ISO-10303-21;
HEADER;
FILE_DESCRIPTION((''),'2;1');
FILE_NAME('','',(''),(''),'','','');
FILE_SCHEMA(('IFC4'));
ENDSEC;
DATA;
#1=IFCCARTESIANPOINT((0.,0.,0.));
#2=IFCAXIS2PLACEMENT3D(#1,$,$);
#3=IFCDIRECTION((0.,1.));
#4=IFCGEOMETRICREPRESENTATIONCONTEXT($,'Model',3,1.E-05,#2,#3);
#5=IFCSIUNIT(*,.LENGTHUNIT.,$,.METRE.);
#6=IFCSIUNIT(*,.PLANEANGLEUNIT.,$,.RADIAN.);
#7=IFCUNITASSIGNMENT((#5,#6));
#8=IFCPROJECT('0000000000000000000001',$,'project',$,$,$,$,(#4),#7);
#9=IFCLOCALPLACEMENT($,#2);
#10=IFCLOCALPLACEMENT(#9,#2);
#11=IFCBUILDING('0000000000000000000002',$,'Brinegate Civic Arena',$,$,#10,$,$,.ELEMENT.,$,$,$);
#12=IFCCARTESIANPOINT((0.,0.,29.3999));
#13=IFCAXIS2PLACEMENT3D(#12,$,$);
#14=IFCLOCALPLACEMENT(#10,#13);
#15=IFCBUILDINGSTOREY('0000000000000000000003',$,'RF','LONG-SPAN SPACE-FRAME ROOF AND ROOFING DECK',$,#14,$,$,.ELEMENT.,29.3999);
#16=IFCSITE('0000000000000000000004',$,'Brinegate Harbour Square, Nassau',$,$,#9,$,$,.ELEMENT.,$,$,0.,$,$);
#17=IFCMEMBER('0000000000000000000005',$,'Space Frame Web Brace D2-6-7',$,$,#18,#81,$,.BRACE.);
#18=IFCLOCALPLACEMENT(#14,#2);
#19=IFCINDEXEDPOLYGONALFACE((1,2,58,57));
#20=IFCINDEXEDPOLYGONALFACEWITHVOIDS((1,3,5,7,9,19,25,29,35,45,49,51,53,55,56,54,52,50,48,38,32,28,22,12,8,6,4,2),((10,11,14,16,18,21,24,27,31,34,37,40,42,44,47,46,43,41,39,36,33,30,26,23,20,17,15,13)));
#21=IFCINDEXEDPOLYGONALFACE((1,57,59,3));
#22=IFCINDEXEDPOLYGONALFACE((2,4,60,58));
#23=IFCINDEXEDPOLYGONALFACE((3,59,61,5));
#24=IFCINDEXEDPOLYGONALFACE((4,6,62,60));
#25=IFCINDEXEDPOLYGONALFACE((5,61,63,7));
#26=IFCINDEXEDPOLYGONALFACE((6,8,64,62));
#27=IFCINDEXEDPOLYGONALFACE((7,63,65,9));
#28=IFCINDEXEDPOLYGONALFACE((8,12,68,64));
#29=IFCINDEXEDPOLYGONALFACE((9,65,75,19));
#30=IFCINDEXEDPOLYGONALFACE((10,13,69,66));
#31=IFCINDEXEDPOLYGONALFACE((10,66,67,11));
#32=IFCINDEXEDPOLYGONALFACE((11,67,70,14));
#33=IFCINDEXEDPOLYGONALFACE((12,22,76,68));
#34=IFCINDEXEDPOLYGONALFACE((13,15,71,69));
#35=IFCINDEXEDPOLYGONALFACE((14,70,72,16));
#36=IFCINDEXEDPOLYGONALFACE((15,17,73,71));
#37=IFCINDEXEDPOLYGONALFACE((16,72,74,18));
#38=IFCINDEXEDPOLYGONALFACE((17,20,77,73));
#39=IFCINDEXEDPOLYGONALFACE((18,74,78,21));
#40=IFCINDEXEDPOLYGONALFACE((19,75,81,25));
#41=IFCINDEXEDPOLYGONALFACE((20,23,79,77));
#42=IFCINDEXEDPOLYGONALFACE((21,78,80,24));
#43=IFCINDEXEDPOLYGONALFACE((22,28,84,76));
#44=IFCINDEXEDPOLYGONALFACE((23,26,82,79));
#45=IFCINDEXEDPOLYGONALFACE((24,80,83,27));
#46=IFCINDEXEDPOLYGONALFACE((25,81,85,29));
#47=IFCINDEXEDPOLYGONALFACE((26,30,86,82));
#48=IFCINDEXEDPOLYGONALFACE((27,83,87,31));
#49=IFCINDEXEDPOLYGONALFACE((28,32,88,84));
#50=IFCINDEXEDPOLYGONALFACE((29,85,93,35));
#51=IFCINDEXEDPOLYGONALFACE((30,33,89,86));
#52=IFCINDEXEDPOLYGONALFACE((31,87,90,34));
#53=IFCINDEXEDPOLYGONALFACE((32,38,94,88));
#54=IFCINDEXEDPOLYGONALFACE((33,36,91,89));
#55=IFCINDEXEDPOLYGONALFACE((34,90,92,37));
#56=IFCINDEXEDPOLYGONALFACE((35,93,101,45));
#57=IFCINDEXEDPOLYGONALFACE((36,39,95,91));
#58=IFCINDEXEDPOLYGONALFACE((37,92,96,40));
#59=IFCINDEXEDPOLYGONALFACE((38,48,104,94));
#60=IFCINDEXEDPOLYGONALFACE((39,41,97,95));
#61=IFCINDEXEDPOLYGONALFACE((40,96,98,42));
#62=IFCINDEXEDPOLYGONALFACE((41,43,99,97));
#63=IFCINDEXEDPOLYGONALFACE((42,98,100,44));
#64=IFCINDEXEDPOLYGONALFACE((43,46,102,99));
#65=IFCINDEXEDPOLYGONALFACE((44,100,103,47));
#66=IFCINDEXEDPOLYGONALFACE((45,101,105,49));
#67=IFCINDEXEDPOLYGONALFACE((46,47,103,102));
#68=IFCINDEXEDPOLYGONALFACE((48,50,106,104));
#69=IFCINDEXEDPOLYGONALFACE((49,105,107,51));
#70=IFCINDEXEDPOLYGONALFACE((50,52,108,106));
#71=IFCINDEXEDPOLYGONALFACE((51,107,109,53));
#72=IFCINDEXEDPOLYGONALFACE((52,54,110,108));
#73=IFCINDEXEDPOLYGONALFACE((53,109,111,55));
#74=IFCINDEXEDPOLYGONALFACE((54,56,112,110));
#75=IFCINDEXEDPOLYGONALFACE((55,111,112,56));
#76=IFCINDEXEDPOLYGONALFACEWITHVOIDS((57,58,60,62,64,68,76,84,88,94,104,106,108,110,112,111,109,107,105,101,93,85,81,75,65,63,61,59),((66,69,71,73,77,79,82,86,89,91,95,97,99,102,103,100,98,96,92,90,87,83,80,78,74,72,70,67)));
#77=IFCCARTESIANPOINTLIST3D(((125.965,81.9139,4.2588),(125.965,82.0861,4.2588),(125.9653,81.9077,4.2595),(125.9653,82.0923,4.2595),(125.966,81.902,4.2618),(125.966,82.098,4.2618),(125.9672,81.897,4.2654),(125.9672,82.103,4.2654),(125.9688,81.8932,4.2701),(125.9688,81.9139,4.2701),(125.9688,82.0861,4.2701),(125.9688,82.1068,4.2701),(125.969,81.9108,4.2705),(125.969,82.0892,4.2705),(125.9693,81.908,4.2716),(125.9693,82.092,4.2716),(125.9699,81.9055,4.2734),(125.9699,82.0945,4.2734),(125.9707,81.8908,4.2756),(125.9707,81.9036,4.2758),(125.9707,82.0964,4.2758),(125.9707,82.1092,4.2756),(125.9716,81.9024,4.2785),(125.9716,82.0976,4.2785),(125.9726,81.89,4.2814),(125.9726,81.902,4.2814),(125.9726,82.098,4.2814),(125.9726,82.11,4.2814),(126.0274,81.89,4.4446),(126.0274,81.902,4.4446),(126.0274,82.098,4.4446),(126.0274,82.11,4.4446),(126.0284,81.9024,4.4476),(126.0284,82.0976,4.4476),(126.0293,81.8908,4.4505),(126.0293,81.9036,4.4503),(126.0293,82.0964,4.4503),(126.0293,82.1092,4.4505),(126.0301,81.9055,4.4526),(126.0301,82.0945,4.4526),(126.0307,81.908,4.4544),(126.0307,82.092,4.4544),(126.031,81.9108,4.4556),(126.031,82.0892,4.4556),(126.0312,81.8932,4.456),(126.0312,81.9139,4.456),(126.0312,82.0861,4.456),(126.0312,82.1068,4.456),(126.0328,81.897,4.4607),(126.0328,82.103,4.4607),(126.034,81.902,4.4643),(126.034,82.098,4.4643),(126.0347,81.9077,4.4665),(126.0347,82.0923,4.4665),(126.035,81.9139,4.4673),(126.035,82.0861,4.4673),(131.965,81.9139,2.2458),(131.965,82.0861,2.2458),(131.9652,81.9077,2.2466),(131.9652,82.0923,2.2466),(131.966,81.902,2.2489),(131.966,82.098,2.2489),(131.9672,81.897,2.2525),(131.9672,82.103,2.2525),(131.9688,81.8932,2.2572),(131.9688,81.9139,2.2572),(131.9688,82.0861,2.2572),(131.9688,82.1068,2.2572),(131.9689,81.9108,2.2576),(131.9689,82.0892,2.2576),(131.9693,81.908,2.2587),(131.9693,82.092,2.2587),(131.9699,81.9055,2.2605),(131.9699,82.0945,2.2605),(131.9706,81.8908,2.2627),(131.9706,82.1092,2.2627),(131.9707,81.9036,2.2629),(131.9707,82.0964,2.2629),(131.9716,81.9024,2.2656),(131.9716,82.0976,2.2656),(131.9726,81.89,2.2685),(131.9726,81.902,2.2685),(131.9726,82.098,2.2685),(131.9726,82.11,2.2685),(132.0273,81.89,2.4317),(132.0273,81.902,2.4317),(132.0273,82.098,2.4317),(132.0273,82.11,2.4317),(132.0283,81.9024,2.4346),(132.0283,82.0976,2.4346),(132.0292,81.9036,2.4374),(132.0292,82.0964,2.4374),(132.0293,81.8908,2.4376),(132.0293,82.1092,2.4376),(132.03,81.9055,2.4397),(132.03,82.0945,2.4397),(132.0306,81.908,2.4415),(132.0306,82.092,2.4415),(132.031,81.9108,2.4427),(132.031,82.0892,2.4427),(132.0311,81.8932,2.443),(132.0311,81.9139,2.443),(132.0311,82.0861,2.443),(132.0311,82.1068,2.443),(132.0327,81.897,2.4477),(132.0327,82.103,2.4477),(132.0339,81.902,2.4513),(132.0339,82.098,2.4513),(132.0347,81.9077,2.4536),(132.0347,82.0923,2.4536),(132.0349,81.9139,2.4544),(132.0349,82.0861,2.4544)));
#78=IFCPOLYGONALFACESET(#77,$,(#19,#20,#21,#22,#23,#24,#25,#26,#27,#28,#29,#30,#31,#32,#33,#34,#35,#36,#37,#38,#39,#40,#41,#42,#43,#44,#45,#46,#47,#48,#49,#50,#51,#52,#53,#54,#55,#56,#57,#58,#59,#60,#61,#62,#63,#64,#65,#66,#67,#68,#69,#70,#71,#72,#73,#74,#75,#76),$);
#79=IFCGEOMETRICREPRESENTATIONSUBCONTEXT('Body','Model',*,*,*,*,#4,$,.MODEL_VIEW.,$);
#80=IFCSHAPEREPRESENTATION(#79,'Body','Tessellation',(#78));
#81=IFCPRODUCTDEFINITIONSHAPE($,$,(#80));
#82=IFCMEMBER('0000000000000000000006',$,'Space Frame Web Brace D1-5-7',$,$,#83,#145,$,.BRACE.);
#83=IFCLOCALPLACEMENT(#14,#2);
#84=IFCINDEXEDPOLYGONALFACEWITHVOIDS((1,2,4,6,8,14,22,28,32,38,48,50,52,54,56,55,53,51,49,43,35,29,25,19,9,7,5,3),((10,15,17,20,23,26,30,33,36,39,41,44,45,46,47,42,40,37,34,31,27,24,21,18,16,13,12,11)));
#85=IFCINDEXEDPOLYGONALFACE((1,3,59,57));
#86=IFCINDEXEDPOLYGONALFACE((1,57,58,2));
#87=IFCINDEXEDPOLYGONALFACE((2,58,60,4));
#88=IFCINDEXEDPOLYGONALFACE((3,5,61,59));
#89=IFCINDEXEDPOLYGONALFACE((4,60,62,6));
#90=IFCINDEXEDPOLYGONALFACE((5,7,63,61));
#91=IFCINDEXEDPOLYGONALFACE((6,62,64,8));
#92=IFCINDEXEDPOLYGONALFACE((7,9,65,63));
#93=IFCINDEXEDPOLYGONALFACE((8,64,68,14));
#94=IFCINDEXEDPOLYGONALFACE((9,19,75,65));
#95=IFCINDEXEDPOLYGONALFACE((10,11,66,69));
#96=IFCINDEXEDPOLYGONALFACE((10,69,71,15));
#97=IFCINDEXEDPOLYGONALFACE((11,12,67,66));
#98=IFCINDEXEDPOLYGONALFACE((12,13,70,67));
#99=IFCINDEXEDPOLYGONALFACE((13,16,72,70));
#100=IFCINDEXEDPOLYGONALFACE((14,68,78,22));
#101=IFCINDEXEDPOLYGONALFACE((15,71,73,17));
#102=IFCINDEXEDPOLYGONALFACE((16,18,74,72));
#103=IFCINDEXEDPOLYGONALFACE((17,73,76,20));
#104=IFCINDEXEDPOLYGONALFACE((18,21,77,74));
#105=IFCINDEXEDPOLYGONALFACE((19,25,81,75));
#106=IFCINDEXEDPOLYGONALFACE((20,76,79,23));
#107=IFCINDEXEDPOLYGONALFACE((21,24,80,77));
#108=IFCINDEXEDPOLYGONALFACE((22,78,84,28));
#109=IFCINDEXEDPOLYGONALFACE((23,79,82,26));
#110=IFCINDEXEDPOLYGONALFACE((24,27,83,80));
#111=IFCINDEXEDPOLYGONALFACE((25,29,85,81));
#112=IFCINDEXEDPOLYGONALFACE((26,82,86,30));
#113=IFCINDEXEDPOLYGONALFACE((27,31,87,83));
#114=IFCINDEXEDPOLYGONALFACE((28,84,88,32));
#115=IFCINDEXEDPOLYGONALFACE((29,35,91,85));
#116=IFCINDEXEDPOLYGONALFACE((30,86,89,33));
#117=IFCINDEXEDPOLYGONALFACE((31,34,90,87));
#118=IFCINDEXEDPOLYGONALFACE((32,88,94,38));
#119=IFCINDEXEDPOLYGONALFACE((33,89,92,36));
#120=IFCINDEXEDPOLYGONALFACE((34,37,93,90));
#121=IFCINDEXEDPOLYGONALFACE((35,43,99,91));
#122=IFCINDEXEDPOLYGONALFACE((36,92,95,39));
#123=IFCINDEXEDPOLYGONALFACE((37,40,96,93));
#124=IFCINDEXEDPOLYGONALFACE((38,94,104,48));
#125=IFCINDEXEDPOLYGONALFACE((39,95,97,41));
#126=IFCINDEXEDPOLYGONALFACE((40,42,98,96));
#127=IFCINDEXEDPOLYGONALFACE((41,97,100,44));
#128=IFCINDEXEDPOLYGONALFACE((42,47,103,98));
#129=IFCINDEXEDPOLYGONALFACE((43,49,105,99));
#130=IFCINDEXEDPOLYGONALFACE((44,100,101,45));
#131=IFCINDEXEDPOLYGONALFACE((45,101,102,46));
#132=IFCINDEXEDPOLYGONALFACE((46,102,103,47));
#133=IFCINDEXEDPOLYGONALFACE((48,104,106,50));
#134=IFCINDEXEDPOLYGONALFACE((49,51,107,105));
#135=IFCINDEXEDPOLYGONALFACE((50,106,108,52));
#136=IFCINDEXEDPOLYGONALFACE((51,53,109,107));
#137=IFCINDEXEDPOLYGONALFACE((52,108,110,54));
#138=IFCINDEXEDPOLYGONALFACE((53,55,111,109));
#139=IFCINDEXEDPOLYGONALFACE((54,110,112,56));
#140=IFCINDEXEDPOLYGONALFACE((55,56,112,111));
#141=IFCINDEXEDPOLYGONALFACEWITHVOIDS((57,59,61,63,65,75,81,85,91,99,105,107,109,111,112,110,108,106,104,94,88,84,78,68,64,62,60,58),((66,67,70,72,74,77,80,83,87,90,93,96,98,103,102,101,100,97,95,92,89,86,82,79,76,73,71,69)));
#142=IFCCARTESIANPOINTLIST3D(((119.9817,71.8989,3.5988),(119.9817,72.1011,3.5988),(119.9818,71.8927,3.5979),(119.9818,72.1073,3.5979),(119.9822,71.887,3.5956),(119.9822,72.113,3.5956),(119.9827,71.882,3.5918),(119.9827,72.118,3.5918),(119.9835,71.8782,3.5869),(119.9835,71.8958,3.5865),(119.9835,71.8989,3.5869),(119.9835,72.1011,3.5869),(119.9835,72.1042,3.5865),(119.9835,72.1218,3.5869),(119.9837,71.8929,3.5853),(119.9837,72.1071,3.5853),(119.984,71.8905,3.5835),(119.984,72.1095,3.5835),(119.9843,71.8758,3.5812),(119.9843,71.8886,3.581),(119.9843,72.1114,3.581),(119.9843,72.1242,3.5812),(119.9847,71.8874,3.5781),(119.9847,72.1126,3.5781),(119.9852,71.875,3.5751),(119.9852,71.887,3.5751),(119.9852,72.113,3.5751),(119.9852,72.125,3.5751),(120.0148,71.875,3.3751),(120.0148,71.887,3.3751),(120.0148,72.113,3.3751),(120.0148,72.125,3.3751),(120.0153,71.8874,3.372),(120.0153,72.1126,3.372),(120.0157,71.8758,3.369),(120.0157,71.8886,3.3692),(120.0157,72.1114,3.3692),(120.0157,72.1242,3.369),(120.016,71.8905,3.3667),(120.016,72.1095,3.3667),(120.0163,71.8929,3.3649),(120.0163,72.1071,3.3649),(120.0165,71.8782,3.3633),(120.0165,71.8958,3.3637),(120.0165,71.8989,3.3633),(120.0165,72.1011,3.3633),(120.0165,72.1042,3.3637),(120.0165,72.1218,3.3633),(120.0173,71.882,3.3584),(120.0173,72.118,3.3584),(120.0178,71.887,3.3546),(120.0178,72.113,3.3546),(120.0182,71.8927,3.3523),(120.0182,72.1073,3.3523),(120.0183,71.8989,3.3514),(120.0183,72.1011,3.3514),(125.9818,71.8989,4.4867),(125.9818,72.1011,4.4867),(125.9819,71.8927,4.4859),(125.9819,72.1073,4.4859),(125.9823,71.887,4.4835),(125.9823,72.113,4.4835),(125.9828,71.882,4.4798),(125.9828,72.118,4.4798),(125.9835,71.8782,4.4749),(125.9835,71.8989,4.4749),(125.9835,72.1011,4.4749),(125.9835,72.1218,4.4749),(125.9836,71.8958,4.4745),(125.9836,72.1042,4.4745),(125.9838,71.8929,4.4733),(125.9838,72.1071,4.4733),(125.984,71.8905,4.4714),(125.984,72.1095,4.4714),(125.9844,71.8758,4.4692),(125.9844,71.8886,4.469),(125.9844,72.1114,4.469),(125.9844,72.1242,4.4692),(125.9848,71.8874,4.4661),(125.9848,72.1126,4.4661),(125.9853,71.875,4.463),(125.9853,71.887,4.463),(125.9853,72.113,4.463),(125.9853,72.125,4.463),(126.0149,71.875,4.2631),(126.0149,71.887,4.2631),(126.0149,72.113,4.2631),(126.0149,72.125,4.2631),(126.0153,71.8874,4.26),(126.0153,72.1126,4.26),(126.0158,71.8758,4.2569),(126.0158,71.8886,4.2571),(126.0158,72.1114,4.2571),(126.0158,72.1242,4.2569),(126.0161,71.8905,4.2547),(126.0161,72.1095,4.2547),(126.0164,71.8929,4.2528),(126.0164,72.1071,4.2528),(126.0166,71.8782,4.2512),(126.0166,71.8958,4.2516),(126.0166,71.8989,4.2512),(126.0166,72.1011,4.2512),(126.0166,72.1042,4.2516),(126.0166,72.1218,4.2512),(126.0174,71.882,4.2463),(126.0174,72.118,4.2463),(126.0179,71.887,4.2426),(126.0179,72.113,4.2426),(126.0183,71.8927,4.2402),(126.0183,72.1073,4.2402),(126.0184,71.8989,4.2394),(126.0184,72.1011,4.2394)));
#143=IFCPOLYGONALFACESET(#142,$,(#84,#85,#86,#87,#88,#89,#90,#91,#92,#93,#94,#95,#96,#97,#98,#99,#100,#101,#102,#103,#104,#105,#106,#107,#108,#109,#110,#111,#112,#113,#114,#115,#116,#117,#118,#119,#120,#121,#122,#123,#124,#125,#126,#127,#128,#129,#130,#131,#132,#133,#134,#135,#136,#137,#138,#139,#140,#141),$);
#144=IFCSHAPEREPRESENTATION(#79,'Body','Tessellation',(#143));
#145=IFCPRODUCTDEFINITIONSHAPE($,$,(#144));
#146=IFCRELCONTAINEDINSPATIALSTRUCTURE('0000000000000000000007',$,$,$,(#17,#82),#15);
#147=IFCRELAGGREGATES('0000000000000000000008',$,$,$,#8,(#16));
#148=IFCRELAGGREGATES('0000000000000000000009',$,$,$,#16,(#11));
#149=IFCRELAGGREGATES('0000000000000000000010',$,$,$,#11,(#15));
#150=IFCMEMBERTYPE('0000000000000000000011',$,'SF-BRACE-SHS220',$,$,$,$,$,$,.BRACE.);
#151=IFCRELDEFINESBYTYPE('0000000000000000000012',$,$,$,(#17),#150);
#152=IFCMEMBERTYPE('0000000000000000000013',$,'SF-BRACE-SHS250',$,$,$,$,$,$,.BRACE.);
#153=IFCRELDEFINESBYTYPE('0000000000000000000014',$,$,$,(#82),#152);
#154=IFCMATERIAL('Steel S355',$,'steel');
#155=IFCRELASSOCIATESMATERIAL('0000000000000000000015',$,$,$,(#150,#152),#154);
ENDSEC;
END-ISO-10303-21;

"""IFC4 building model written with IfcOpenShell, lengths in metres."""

from ifc_helpers import new_model, si_unit, direction, frame, origin, origin_2d, place, context, subcontext, project, spatial, hollow_rectangle, extrude, material, material_profile, profile_set, type_object, element, save


model = new_model("IFC4")

# Units and contexts
model_context = context("Model", 3, precision=1e-05, world=origin(), true_north=direction((0.0, 1.0)))
body_context = subcontext(model_context, "Body", "Model", "MODEL_VIEW")
ifc_project = project(units=[si_unit("LENGTHUNIT", "METRE"), si_unit("PLANEANGLEUNIT", "RADIAN")], contexts=[model_context])

# Site, building, storey
site_placement = place(None, origin())
site = spatial("IfcSite", under=ifc_project, at=site_placement, Name="Brinegate Harbour Square, Nassau", CompositionType="ELEMENT", RefElevation=0.0)
building_placement = place(site_placement, origin())
building = spatial("IfcBuilding", under=site, at=building_placement, Name="Brinegate Civic Arena", CompositionType="ELEMENT")
storey_placement = place(building_placement, frame((0.0, 0.0, 29.3999)))
storey = spatial("IfcBuildingStorey", under=building, at=storey_placement, Name="RF", Description="LONG-SPAN SPACE-FRAME ROOF AND ROOFING DECK", CompositionType="ELEMENT", Elevation=29.3999)

# Members
ifc_material = material(Name="Steel S355", Category="steel")
ifc_material_profile_1 = material_profile(ifc_material, hollow_rectangle(XDim=0.22, YDim=0.22, WallThickness=0.012, InnerFilletRadius=0.012, OuterFilletRadius=0.0239, at=origin_2d()), Name="SHS220X12")
ifc_profile_set_1 = profile_set([ifc_material_profile_1], Name="Steel S355")
member_type_1 = type_object("IfcMemberType", Name="SF-BRACE-SHS220", PredefinedType="BRACE", material=ifc_profile_set_1)
member_1_placement = place(storey_placement, frame((126.0, 82.0, 4.363), z_axis=(0.948068, 0.0, -0.318067), x_axis=(0.0, 1.0, 0.0)))
element("IfcMember", 1, at=member_1_placement, inside=storey, type_object=member_type_1, Name="Space Frame Web Brace D2-6-7", PredefinedType="BRACE", context=body_context, shape_type="SweptSolid", body=[
    extrude(hollow_rectangle(XDim=0.22, YDim=0.22, WallThickness=0.012, InnerFilletRadius=0.012, OuterFilletRadius=0.0239, at=origin_2d()), origin(), (0.0, 0.0, 1.0), 6.3286),
])
ifc_material_profile_2 = material_profile(ifc_material, hollow_rectangle(XDim=0.25, YDim=0.25, WallThickness=0.012, InnerFilletRadius=0.012, OuterFilletRadius=0.0239, at=origin_2d()), Name="SHS250X12")
ifc_profile_set_2 = profile_set([ifc_material_profile_2], Name="Steel S355")
member_type_2 = type_object("IfcMemberType", Name="SF-BRACE-SHS250", PredefinedType="BRACE", material=ifc_profile_set_2)
member_2_placement = place(storey_placement, frame((120.0, 72.0, 3.4751), z_axis=(0.989226, 0.0, 0.146395), x_axis=(0.0, 1.0, 0.0)))
element("IfcMember", 2, at=member_2_placement, inside=storey, type_object=member_type_2, Name="Space Frame Web Brace D1-5-7", PredefinedType="BRACE", context=body_context, shape_type="SweptSolid", body=[
    extrude(hollow_rectangle(XDim=0.25, YDim=0.25, WallThickness=0.012, InnerFilletRadius=0.012, OuterFilletRadius=0.0239, at=origin_2d()), origin(), (0.0, 0.0, 1.0), 6.0654),
])

save(model, "model.ifc")
